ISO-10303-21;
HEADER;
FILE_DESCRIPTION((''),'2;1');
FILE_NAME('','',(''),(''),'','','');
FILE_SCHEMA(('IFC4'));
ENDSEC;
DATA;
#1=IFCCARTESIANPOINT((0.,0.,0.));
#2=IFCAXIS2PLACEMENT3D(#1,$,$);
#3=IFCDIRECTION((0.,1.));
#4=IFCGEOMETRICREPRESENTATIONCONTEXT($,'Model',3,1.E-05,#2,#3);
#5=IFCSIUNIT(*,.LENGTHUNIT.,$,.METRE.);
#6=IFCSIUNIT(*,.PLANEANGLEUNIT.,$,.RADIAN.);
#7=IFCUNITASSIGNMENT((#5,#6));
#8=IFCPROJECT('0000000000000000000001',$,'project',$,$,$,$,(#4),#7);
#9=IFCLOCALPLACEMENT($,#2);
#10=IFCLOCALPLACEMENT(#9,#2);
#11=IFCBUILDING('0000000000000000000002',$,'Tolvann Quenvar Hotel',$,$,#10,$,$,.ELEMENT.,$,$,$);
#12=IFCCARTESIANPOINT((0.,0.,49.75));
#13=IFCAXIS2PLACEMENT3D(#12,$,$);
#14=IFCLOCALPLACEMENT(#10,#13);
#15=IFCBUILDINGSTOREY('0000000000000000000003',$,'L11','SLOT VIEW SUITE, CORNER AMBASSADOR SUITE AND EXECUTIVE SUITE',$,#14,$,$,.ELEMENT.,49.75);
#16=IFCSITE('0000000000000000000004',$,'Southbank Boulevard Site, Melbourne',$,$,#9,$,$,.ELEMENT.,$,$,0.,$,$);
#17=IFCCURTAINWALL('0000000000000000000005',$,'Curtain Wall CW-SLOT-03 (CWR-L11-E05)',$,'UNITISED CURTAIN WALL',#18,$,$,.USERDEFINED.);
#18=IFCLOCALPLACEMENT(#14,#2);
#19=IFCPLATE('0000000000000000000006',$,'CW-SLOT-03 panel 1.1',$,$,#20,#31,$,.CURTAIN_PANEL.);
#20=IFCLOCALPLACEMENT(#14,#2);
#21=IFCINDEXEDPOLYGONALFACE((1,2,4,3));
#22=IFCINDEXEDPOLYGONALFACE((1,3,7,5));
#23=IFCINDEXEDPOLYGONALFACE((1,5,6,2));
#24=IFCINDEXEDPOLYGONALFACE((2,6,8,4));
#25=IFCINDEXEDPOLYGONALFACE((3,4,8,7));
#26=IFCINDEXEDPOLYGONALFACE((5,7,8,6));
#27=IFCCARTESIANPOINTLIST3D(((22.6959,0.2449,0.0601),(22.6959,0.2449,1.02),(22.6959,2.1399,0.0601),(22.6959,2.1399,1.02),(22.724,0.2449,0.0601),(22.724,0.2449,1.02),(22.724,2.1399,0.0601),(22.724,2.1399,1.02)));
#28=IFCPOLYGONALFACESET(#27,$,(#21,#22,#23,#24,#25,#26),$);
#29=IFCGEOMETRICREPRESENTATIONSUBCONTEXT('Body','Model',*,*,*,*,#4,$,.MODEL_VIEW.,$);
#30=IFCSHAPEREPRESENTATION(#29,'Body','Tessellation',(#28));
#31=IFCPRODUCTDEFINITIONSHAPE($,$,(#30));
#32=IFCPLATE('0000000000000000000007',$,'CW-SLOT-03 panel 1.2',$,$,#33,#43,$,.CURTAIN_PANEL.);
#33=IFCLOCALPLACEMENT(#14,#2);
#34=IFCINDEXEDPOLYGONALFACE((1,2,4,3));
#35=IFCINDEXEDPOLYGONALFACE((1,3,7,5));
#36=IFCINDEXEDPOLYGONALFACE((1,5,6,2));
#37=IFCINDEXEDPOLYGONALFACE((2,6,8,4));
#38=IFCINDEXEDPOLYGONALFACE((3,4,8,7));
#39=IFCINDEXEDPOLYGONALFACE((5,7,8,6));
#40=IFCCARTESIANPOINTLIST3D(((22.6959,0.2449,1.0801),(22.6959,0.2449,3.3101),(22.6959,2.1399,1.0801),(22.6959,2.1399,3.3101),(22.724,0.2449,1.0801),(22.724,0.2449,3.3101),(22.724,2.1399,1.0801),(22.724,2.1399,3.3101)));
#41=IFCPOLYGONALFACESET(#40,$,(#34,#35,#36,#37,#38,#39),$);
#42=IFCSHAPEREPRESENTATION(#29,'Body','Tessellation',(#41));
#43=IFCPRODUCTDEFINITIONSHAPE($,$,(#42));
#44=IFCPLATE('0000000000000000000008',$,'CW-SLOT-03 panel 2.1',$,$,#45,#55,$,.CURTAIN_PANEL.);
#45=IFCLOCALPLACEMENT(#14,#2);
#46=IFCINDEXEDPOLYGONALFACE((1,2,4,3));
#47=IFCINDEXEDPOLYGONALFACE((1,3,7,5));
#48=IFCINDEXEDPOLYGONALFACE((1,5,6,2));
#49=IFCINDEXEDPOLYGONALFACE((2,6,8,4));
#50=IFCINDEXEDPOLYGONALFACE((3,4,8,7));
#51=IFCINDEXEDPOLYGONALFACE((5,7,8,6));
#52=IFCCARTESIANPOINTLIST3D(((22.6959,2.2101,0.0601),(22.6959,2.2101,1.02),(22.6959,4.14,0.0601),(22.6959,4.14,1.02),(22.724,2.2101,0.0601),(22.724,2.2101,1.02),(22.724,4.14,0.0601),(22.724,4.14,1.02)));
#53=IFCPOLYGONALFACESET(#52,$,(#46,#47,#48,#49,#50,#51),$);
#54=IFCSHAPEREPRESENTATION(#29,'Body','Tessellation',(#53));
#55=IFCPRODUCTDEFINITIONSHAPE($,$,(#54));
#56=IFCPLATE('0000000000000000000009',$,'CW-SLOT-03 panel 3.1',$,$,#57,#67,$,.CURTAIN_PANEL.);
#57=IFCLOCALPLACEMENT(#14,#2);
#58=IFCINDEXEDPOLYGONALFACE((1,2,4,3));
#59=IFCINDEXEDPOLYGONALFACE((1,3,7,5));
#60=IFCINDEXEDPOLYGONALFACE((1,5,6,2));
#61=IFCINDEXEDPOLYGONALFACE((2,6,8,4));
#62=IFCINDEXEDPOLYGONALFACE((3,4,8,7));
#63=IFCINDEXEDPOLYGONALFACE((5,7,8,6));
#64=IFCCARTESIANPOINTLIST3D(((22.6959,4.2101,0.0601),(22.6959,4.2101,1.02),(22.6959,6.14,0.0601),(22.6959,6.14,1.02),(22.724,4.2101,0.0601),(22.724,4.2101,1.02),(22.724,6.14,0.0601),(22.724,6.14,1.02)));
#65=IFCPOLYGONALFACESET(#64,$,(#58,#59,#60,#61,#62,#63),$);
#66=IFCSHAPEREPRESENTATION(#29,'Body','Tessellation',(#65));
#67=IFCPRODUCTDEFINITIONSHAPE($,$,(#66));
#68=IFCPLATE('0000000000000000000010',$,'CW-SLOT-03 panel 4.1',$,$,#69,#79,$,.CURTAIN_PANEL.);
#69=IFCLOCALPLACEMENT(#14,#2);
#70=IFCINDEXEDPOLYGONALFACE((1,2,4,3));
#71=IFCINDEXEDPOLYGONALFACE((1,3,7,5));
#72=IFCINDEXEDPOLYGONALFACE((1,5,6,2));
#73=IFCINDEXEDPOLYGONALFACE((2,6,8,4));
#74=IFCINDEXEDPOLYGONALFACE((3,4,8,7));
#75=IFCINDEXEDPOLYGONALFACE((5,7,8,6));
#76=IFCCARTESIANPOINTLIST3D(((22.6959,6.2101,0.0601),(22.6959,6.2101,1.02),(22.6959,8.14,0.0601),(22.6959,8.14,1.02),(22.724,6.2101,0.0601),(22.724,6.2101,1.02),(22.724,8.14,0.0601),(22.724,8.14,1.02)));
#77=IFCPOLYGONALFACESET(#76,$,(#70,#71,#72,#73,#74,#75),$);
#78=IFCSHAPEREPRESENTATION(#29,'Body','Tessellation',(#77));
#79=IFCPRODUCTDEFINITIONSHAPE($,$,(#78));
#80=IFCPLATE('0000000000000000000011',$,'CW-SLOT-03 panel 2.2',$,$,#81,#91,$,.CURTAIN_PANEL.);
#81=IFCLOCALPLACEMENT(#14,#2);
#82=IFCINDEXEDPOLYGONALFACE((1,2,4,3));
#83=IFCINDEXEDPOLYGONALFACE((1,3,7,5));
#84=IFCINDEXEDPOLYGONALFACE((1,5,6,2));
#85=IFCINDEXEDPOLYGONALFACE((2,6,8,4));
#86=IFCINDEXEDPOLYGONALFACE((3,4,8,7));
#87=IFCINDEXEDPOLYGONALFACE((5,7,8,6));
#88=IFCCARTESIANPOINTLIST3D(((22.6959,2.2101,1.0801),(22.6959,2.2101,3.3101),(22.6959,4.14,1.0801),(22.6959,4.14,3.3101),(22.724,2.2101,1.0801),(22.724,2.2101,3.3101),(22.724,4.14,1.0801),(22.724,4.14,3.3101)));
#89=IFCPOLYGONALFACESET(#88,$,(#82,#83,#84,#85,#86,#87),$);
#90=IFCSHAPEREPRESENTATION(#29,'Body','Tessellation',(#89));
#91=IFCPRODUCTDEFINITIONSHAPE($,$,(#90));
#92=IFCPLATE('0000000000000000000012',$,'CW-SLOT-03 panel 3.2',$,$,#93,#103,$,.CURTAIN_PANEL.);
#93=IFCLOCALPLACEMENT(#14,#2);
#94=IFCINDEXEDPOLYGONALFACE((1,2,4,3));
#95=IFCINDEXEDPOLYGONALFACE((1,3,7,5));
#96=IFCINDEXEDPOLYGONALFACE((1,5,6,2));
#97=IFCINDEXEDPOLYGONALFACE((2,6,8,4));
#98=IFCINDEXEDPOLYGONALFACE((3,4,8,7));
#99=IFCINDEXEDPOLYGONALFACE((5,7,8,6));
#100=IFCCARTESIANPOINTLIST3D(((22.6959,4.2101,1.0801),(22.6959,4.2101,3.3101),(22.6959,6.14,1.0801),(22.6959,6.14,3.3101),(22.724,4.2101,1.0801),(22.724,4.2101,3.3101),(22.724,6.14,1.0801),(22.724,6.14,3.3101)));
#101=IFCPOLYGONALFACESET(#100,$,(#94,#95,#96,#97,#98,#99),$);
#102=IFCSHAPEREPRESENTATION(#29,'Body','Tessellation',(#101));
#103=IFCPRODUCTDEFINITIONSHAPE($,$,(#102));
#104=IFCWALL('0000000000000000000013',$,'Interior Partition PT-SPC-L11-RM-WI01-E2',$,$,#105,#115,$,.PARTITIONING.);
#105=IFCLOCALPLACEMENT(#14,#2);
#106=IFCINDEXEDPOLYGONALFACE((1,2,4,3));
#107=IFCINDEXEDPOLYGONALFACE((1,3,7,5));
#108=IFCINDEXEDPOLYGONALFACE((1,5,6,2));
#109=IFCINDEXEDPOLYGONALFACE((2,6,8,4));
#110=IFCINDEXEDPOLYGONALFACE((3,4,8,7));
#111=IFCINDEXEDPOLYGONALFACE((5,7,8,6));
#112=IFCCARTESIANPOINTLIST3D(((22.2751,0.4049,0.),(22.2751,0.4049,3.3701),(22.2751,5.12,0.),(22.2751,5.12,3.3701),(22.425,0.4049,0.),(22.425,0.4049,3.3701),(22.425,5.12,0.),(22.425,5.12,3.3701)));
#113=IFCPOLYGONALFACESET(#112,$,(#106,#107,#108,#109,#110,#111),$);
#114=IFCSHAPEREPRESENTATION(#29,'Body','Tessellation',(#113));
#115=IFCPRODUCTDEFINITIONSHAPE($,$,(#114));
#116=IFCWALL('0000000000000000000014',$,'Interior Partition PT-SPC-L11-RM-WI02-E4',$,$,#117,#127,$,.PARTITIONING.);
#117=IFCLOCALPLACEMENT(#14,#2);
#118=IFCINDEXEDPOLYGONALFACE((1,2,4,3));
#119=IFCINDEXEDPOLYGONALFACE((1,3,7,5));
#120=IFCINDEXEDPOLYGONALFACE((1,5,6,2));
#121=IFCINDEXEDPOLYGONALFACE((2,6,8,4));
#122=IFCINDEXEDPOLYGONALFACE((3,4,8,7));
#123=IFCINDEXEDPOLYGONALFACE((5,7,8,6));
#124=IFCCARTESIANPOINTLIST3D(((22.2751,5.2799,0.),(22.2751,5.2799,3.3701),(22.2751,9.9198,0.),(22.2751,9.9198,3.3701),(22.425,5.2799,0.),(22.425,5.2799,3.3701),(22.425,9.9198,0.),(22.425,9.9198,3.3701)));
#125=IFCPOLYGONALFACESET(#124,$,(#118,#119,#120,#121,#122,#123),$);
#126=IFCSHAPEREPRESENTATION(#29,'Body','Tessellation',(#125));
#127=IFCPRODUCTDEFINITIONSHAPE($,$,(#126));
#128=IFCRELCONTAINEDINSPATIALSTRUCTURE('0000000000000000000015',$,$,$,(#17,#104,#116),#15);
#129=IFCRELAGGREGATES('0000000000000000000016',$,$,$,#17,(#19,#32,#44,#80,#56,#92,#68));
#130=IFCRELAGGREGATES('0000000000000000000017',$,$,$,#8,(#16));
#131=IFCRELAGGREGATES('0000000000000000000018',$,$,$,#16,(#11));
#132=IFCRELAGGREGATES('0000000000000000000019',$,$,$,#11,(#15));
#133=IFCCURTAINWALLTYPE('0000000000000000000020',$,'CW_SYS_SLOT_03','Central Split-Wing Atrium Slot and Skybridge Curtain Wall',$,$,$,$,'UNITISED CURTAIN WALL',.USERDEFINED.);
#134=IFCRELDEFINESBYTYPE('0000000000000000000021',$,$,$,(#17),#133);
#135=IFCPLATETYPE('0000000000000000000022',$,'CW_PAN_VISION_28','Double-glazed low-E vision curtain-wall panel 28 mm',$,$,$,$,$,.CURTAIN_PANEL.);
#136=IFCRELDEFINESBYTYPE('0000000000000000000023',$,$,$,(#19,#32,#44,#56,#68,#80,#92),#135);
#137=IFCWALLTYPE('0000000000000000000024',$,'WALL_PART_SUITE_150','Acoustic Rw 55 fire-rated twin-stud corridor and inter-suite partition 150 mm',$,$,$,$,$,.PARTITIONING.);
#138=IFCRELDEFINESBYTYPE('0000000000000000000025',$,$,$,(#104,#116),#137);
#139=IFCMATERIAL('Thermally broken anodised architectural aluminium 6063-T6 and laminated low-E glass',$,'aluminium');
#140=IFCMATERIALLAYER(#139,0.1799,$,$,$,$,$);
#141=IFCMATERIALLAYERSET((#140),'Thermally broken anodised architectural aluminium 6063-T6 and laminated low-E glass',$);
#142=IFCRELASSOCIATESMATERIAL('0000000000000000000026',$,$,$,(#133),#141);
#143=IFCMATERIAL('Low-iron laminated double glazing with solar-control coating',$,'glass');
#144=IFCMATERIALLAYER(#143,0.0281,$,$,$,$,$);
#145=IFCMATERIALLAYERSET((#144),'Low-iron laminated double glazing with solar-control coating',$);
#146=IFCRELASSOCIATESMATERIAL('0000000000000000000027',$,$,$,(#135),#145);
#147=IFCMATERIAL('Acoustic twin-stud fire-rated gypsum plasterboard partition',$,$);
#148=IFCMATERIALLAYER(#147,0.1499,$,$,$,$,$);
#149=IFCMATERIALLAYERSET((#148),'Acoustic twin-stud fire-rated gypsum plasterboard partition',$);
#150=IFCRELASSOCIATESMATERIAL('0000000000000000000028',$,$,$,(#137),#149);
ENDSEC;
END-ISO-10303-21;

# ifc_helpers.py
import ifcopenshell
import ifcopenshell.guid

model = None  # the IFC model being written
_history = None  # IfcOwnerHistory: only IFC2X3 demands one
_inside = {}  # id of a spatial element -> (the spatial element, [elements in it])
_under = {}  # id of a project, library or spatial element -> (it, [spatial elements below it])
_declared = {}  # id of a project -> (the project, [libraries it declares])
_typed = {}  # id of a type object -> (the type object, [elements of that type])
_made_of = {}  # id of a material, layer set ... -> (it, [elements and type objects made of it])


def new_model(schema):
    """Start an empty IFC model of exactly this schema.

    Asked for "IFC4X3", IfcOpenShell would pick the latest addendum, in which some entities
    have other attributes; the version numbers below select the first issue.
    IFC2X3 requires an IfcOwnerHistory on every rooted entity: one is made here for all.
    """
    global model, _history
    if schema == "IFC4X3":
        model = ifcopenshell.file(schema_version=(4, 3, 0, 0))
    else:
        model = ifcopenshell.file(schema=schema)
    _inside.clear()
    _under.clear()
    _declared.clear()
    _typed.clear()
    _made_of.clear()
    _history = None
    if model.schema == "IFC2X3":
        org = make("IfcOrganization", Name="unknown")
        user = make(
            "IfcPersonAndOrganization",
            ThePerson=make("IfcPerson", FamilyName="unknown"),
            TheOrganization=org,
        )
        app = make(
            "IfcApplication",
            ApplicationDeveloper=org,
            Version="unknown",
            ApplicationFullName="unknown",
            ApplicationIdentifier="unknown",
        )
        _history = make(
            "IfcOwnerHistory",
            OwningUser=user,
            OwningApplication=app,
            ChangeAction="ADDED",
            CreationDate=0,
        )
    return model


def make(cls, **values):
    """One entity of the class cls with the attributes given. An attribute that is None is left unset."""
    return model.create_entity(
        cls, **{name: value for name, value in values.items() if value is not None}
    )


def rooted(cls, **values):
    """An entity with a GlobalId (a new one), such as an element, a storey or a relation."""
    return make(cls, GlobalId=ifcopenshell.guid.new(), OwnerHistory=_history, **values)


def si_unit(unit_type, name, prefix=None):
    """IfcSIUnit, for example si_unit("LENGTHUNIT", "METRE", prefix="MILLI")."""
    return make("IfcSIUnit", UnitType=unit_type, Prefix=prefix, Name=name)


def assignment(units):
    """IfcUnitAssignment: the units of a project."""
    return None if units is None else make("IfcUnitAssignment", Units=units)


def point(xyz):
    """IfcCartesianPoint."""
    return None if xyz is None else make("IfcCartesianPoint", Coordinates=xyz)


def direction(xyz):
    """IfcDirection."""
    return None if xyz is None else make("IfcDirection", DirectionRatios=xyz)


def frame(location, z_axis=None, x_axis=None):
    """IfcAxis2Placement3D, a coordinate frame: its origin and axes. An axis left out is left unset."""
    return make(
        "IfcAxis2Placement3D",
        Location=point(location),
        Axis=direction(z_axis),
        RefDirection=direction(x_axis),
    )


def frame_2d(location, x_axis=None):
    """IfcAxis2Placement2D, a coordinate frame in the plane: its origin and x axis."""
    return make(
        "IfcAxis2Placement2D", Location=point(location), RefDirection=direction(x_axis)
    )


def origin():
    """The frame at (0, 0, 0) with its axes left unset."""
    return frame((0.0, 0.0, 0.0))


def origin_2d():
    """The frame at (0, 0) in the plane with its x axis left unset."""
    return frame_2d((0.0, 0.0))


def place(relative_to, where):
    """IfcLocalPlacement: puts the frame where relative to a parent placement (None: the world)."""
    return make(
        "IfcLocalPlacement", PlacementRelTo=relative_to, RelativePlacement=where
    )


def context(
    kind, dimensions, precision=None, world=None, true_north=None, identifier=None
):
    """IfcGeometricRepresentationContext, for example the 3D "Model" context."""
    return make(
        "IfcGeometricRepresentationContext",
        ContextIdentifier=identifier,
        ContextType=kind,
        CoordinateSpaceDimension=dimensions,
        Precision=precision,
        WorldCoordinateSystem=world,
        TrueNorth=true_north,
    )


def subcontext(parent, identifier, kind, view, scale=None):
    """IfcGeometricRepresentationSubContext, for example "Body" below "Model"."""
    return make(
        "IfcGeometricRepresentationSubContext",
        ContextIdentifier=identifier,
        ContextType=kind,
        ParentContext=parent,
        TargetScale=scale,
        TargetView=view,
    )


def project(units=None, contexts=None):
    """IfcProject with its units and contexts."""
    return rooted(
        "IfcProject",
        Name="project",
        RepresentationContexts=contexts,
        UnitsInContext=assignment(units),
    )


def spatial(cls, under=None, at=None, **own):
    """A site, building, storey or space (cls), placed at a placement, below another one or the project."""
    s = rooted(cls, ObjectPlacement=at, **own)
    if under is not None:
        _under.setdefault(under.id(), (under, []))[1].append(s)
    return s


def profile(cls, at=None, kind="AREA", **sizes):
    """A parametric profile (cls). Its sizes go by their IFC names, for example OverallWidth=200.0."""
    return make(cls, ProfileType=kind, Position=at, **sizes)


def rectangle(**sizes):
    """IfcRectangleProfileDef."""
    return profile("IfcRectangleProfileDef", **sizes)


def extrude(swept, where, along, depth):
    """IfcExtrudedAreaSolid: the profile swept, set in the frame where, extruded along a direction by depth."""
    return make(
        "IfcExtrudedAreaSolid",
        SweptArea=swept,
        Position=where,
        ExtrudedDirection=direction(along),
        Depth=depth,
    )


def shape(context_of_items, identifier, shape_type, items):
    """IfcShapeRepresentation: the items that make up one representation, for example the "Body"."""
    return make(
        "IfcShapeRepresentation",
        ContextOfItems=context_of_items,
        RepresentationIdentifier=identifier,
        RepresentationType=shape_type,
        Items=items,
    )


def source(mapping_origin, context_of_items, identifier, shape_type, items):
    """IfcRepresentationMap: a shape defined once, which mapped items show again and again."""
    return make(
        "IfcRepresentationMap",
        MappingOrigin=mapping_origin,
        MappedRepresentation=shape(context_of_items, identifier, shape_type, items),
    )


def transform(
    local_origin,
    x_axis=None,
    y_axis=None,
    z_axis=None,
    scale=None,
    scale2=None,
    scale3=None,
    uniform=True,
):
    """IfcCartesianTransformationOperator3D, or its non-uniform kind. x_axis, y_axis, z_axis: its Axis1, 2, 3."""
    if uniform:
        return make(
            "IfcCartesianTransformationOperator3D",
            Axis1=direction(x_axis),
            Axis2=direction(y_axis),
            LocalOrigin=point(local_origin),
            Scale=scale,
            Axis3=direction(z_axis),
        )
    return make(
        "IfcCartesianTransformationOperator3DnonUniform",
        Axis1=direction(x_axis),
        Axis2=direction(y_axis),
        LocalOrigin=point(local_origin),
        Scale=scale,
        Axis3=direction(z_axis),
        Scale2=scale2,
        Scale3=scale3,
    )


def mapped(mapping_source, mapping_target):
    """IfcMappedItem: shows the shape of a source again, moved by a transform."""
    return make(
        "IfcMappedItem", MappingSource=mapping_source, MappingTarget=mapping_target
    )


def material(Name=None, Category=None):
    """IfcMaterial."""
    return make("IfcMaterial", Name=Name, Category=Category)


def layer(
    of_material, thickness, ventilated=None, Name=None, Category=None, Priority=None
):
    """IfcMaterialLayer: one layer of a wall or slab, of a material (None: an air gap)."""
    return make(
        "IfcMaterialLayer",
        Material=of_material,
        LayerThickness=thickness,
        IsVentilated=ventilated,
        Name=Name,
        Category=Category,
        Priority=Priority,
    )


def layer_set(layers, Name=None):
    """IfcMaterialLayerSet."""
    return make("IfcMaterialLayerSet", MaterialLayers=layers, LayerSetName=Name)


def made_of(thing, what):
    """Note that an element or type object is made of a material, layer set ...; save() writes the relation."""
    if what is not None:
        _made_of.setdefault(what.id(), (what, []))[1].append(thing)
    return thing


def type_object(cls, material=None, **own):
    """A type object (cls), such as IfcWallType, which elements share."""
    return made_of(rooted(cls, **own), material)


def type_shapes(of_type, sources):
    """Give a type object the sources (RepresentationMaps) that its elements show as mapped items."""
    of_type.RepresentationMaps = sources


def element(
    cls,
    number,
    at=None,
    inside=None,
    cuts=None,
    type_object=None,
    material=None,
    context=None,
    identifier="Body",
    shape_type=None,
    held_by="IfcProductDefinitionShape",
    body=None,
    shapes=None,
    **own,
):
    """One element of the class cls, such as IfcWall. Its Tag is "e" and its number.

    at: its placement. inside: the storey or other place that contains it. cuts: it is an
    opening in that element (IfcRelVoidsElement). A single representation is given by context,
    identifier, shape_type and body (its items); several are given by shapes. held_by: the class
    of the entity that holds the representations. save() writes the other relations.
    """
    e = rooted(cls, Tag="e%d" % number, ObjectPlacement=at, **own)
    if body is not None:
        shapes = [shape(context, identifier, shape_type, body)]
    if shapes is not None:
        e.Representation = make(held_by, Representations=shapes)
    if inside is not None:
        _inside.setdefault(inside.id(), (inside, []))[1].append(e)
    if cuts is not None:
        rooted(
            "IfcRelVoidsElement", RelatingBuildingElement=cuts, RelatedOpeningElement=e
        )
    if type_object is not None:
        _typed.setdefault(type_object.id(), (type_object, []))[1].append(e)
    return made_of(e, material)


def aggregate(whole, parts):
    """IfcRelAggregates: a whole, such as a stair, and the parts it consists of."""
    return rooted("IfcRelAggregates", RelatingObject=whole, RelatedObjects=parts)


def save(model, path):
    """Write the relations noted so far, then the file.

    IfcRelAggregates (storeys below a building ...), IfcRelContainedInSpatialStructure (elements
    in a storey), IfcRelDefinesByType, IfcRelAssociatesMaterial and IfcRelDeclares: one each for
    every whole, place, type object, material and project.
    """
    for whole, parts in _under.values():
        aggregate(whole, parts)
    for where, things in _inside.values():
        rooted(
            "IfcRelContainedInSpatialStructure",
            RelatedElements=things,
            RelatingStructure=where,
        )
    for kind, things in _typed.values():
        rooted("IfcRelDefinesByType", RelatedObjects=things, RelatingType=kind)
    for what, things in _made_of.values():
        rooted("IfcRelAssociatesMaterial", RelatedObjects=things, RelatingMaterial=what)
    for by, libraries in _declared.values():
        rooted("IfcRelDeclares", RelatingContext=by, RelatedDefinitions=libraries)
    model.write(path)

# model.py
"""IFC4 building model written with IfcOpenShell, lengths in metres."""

from ifc_helpers import new_model, si_unit, direction, frame, frame_2d, origin, origin_2d, place, context, subcontext, project, spatial, rectangle, extrude, source, transform, mapped, material, layer, layer_set, type_object, type_shapes, element, aggregate, save


model = new_model("IFC4")

# Units and contexts
model_context = context("Model", 3, precision=1e-05, world=origin(), true_north=direction((0.0, 1.0)))
body_context = subcontext(model_context, "Body", "Model", "MODEL_VIEW")
ifc_project = project(units=[si_unit("LENGTHUNIT", "METRE"), si_unit("PLANEANGLEUNIT", "RADIAN")], contexts=[model_context])

# Site, building, storey
site_placement = place(None, origin())
site = spatial("IfcSite", under=ifc_project, at=site_placement, Name="Southbank Boulevard Site, Melbourne", CompositionType="ELEMENT", RefElevation=0.0)
building_placement = place(site_placement, origin())
building = spatial("IfcBuilding", under=site, at=building_placement, Name="Tolvann Quenvar Hotel", CompositionType="ELEMENT")
storey_placement = place(building_placement, frame((0.0, 0.0, 49.75)))
storey = spatial("IfcBuildingStorey", under=building, at=storey_placement, Name="L11", Description="SLOT VIEW SUITE, CORNER AMBASSADOR SUITE AND EXECUTIVE SUITE", CompositionType="ELEMENT", Elevation=49.75)

# Curtain wall, plates
ifc_material_1 = material(Name="Thermally broken anodised architectural aluminium 6063-T6 and laminated low-E glass", Category="aluminium")
ifc_layer_1 = layer(ifc_material_1, 0.1799)
ifc_layer_set_1 = layer_set([ifc_layer_1], Name="Thermally broken anodised architectural aluminium 6063-T6 and laminated low-E glass")
curtain_wall_type = type_object("IfcCurtainWallType", Name="CW_SYS_SLOT_03", Description="Central Split-Wing Atrium Slot and Skybridge Curtain Wall", ElementType="UNITISED CURTAIN WALL", PredefinedType="USERDEFINED", material=ifc_layer_set_1)
curtain_wall_placement = place(storey_placement, origin())
curtain_wall = element("IfcCurtainWall", 1, at=curtain_wall_placement, inside=storey, type_object=curtain_wall_type, Name="Curtain Wall CW-SLOT-03 (CWR-L11-E05)", ObjectType="UNITISED CURTAIN WALL", PredefinedType="USERDEFINED")
ifc_material_2 = material(Name="Low-iron laminated double glazing with solar-control coating", Category="glass")
ifc_layer_2 = layer(ifc_material_2, 0.0281)
ifc_layer_set_2 = layer_set([ifc_layer_2], Name="Low-iron laminated double glazing with solar-control coating")
plate_type = type_object("IfcPlateType", Name="CW_PAN_VISION_28", Description="Double-glazed low-E vision curtain-wall panel 28 mm", PredefinedType="CURTAIN_PANEL", material=ifc_layer_set_2)
shared_shape_1 = source(origin(), body_context, "Body", "SweptSolid", [
    extrude(rectangle(XDim=1.895, YDim=0.0281, at=origin_2d()), origin(), (0.0, 0.0, 1.0), 0.96),
])
plate_1_placement = place(storey_placement, frame((22.71, 1.1924, 0.0601), z_axis=(0.0, 0.0, 1.0), x_axis=(0.0, 1.0, 0.0)))
plate_1 = element("IfcPlate", 2, at=plate_1_placement, type_object=plate_type, Name="CW-SLOT-03 panel 1.1", PredefinedType="CURTAIN_PANEL", context=body_context, shape_type="MappedRepresentation", body=[
    mapped(shared_shape_1, transform((0.0, 0.0, 0.0), x_axis=(1.0, 0.0, 0.0), y_axis=(0.0, 1.0, 0.0), z_axis=(0.0, 0.0, 1.0), scale=1.0)),
])
shared_shape_2 = source(origin(), body_context, "Body", "SweptSolid", [
    extrude(rectangle(XDim=1.895, YDim=0.0281, at=origin_2d()), origin(), (0.0, 0.0, 1.0), 2.23),
])
plate_2_placement = place(storey_placement, frame((22.71, 1.1924, 1.0801), z_axis=(0.0, 0.0, 1.0), x_axis=(0.0, 1.0, 0.0)))
plate_2 = element("IfcPlate", 3, at=plate_2_placement, type_object=plate_type, Name="CW-SLOT-03 panel 1.2", PredefinedType="CURTAIN_PANEL", context=body_context, shape_type="MappedRepresentation", body=[
    mapped(shared_shape_2, transform((0.0, 0.0, 0.0), x_axis=(1.0, 0.0, 0.0), y_axis=(0.0, 1.0, 0.0), z_axis=(0.0, 0.0, 1.0), scale=1.0)),
])
shared_shape_3 = source(origin(), body_context, "Body", "SweptSolid", [
    extrude(rectangle(XDim=1.9299, YDim=0.0281, at=origin_2d()), origin(), (0.0, 0.0, 1.0), 0.96),
])
plate_3_placement = place(storey_placement, frame((22.71, 3.175, 0.0601), z_axis=(0.0, 0.0, 1.0), x_axis=(0.0, 1.0, 0.0)))
plate_3 = element("IfcPlate", 4, at=plate_3_placement, type_object=plate_type, Name="CW-SLOT-03 panel 2.1", PredefinedType="CURTAIN_PANEL", context=body_context, shape_type="MappedRepresentation", body=[
    mapped(shared_shape_3, transform((0.0, 0.0, 0.0), x_axis=(1.0, 0.0, 0.0), y_axis=(0.0, 1.0, 0.0), z_axis=(0.0, 0.0, 1.0), scale=1.0)),
])
plate_4_placement = place(storey_placement, frame((22.71, 5.175, 0.0601), z_axis=(0.0, 0.0, 1.0), x_axis=(0.0, 1.0, 0.0)))
plate_4 = element("IfcPlate", 5, at=plate_4_placement, type_object=plate_type, Name="CW-SLOT-03 panel 3.1", PredefinedType="CURTAIN_PANEL", context=body_context, shape_type="MappedRepresentation", body=[
    mapped(shared_shape_3, transform((0.0, 0.0, 0.0), x_axis=(1.0, 0.0, 0.0), y_axis=(0.0, 1.0, 0.0), z_axis=(0.0, 0.0, 1.0), scale=1.0)),
])
plate_5_placement = place(storey_placement, frame((22.71, 7.175, 0.0601), z_axis=(0.0, 0.0, 1.0), x_axis=(0.0, 1.0, 0.0)))
plate_5 = element("IfcPlate", 6, at=plate_5_placement, type_object=plate_type, Name="CW-SLOT-03 panel 4.1", PredefinedType="CURTAIN_PANEL", context=body_context, shape_type="MappedRepresentation", body=[
    mapped(shared_shape_3, transform((0.0, 0.0, 0.0), x_axis=(1.0, 0.0, 0.0), y_axis=(0.0, 1.0, 0.0), z_axis=(0.0, 0.0, 1.0), scale=1.0)),
])
shared_shape_4 = source(origin(), body_context, "Body", "SweptSolid", [
    extrude(rectangle(XDim=1.9299, YDim=0.0281, at=origin_2d()), origin(), (0.0, 0.0, 1.0), 2.23),
])
type_shapes(plate_type, [shared_shape_1, shared_shape_2, shared_shape_3, shared_shape_4])
plate_6_placement = place(storey_placement, frame((22.71, 3.175, 1.0801), z_axis=(0.0, 0.0, 1.0), x_axis=(0.0, 1.0, 0.0)))
plate_6 = element("IfcPlate", 7, at=plate_6_placement, type_object=plate_type, Name="CW-SLOT-03 panel 2.2", PredefinedType="CURTAIN_PANEL", context=body_context, shape_type="MappedRepresentation", body=[
    mapped(shared_shape_4, transform((0.0, 0.0, 0.0), x_axis=(1.0, 0.0, 0.0), y_axis=(0.0, 1.0, 0.0), z_axis=(0.0, 0.0, 1.0), scale=1.0)),
])
plate_7_placement = place(storey_placement, frame((22.71, 5.175, 1.0801), z_axis=(0.0, 0.0, 1.0), x_axis=(0.0, 1.0, 0.0)))
plate_7 = element("IfcPlate", 8, at=plate_7_placement, type_object=plate_type, Name="CW-SLOT-03 panel 3.2", PredefinedType="CURTAIN_PANEL", context=body_context, shape_type="MappedRepresentation", body=[
    mapped(shared_shape_4, transform((0.0, 0.0, 0.0), x_axis=(1.0, 0.0, 0.0), y_axis=(0.0, 1.0, 0.0), z_axis=(0.0, 0.0, 1.0), scale=1.0)),
])
aggregate(curtain_wall, [plate_1, plate_2, plate_3, plate_6, plate_4, plate_7, plate_5])

# Walls
ifc_material_3 = material(Name="Acoustic twin-stud fire-rated gypsum plasterboard partition")
ifc_layer_3 = layer(ifc_material_3, 0.1499)
ifc_layer_set_3 = layer_set([ifc_layer_3], Name="Acoustic twin-stud fire-rated gypsum plasterboard partition")
wall_type = type_object("IfcWallType", Name="WALL_PART_SUITE_150", Description="Acoustic Rw 55 fire-rated twin-stud corridor and inter-suite partition 150 mm", PredefinedType="PARTITIONING", material=ifc_layer_set_3)
wall_1_placement = place(storey_placement, frame((22.3501, 0.405, 0.0), z_axis=(0.0, 0.0, 1.0), x_axis=(0.0, 1.0, 0.0)))
element("IfcWall", 9, at=wall_1_placement, inside=storey, type_object=wall_type, Name="Interior Partition PT-SPC-L11-RM-WI01-E2", PredefinedType="PARTITIONING", context=body_context, shape_type="SweptSolid", body=[
    extrude(rectangle(XDim=4.7151, YDim=0.1499, at=frame_2d((2.3574, 0.0))), origin(), (0.0, 0.0, 1.0), 3.3701),
])
wall_2_placement = place(storey_placement, frame((22.3501, 5.28, 0.0), z_axis=(0.0, 0.0, 1.0), x_axis=(0.0, 1.0, 0.0)))
element("IfcWall", 10, at=wall_2_placement, inside=storey, type_object=wall_type, Name="Interior Partition PT-SPC-L11-RM-WI02-E4", PredefinedType="PARTITIONING", context=body_context, shape_type="SweptSolid", body=[
    extrude(rectangle(XDim=4.6399, YDim=0.1499, at=frame_2d((2.3198, 0.0))), origin(), (0.0, 0.0, 1.0), 3.3701),
])

save(model, "model.ifc")
